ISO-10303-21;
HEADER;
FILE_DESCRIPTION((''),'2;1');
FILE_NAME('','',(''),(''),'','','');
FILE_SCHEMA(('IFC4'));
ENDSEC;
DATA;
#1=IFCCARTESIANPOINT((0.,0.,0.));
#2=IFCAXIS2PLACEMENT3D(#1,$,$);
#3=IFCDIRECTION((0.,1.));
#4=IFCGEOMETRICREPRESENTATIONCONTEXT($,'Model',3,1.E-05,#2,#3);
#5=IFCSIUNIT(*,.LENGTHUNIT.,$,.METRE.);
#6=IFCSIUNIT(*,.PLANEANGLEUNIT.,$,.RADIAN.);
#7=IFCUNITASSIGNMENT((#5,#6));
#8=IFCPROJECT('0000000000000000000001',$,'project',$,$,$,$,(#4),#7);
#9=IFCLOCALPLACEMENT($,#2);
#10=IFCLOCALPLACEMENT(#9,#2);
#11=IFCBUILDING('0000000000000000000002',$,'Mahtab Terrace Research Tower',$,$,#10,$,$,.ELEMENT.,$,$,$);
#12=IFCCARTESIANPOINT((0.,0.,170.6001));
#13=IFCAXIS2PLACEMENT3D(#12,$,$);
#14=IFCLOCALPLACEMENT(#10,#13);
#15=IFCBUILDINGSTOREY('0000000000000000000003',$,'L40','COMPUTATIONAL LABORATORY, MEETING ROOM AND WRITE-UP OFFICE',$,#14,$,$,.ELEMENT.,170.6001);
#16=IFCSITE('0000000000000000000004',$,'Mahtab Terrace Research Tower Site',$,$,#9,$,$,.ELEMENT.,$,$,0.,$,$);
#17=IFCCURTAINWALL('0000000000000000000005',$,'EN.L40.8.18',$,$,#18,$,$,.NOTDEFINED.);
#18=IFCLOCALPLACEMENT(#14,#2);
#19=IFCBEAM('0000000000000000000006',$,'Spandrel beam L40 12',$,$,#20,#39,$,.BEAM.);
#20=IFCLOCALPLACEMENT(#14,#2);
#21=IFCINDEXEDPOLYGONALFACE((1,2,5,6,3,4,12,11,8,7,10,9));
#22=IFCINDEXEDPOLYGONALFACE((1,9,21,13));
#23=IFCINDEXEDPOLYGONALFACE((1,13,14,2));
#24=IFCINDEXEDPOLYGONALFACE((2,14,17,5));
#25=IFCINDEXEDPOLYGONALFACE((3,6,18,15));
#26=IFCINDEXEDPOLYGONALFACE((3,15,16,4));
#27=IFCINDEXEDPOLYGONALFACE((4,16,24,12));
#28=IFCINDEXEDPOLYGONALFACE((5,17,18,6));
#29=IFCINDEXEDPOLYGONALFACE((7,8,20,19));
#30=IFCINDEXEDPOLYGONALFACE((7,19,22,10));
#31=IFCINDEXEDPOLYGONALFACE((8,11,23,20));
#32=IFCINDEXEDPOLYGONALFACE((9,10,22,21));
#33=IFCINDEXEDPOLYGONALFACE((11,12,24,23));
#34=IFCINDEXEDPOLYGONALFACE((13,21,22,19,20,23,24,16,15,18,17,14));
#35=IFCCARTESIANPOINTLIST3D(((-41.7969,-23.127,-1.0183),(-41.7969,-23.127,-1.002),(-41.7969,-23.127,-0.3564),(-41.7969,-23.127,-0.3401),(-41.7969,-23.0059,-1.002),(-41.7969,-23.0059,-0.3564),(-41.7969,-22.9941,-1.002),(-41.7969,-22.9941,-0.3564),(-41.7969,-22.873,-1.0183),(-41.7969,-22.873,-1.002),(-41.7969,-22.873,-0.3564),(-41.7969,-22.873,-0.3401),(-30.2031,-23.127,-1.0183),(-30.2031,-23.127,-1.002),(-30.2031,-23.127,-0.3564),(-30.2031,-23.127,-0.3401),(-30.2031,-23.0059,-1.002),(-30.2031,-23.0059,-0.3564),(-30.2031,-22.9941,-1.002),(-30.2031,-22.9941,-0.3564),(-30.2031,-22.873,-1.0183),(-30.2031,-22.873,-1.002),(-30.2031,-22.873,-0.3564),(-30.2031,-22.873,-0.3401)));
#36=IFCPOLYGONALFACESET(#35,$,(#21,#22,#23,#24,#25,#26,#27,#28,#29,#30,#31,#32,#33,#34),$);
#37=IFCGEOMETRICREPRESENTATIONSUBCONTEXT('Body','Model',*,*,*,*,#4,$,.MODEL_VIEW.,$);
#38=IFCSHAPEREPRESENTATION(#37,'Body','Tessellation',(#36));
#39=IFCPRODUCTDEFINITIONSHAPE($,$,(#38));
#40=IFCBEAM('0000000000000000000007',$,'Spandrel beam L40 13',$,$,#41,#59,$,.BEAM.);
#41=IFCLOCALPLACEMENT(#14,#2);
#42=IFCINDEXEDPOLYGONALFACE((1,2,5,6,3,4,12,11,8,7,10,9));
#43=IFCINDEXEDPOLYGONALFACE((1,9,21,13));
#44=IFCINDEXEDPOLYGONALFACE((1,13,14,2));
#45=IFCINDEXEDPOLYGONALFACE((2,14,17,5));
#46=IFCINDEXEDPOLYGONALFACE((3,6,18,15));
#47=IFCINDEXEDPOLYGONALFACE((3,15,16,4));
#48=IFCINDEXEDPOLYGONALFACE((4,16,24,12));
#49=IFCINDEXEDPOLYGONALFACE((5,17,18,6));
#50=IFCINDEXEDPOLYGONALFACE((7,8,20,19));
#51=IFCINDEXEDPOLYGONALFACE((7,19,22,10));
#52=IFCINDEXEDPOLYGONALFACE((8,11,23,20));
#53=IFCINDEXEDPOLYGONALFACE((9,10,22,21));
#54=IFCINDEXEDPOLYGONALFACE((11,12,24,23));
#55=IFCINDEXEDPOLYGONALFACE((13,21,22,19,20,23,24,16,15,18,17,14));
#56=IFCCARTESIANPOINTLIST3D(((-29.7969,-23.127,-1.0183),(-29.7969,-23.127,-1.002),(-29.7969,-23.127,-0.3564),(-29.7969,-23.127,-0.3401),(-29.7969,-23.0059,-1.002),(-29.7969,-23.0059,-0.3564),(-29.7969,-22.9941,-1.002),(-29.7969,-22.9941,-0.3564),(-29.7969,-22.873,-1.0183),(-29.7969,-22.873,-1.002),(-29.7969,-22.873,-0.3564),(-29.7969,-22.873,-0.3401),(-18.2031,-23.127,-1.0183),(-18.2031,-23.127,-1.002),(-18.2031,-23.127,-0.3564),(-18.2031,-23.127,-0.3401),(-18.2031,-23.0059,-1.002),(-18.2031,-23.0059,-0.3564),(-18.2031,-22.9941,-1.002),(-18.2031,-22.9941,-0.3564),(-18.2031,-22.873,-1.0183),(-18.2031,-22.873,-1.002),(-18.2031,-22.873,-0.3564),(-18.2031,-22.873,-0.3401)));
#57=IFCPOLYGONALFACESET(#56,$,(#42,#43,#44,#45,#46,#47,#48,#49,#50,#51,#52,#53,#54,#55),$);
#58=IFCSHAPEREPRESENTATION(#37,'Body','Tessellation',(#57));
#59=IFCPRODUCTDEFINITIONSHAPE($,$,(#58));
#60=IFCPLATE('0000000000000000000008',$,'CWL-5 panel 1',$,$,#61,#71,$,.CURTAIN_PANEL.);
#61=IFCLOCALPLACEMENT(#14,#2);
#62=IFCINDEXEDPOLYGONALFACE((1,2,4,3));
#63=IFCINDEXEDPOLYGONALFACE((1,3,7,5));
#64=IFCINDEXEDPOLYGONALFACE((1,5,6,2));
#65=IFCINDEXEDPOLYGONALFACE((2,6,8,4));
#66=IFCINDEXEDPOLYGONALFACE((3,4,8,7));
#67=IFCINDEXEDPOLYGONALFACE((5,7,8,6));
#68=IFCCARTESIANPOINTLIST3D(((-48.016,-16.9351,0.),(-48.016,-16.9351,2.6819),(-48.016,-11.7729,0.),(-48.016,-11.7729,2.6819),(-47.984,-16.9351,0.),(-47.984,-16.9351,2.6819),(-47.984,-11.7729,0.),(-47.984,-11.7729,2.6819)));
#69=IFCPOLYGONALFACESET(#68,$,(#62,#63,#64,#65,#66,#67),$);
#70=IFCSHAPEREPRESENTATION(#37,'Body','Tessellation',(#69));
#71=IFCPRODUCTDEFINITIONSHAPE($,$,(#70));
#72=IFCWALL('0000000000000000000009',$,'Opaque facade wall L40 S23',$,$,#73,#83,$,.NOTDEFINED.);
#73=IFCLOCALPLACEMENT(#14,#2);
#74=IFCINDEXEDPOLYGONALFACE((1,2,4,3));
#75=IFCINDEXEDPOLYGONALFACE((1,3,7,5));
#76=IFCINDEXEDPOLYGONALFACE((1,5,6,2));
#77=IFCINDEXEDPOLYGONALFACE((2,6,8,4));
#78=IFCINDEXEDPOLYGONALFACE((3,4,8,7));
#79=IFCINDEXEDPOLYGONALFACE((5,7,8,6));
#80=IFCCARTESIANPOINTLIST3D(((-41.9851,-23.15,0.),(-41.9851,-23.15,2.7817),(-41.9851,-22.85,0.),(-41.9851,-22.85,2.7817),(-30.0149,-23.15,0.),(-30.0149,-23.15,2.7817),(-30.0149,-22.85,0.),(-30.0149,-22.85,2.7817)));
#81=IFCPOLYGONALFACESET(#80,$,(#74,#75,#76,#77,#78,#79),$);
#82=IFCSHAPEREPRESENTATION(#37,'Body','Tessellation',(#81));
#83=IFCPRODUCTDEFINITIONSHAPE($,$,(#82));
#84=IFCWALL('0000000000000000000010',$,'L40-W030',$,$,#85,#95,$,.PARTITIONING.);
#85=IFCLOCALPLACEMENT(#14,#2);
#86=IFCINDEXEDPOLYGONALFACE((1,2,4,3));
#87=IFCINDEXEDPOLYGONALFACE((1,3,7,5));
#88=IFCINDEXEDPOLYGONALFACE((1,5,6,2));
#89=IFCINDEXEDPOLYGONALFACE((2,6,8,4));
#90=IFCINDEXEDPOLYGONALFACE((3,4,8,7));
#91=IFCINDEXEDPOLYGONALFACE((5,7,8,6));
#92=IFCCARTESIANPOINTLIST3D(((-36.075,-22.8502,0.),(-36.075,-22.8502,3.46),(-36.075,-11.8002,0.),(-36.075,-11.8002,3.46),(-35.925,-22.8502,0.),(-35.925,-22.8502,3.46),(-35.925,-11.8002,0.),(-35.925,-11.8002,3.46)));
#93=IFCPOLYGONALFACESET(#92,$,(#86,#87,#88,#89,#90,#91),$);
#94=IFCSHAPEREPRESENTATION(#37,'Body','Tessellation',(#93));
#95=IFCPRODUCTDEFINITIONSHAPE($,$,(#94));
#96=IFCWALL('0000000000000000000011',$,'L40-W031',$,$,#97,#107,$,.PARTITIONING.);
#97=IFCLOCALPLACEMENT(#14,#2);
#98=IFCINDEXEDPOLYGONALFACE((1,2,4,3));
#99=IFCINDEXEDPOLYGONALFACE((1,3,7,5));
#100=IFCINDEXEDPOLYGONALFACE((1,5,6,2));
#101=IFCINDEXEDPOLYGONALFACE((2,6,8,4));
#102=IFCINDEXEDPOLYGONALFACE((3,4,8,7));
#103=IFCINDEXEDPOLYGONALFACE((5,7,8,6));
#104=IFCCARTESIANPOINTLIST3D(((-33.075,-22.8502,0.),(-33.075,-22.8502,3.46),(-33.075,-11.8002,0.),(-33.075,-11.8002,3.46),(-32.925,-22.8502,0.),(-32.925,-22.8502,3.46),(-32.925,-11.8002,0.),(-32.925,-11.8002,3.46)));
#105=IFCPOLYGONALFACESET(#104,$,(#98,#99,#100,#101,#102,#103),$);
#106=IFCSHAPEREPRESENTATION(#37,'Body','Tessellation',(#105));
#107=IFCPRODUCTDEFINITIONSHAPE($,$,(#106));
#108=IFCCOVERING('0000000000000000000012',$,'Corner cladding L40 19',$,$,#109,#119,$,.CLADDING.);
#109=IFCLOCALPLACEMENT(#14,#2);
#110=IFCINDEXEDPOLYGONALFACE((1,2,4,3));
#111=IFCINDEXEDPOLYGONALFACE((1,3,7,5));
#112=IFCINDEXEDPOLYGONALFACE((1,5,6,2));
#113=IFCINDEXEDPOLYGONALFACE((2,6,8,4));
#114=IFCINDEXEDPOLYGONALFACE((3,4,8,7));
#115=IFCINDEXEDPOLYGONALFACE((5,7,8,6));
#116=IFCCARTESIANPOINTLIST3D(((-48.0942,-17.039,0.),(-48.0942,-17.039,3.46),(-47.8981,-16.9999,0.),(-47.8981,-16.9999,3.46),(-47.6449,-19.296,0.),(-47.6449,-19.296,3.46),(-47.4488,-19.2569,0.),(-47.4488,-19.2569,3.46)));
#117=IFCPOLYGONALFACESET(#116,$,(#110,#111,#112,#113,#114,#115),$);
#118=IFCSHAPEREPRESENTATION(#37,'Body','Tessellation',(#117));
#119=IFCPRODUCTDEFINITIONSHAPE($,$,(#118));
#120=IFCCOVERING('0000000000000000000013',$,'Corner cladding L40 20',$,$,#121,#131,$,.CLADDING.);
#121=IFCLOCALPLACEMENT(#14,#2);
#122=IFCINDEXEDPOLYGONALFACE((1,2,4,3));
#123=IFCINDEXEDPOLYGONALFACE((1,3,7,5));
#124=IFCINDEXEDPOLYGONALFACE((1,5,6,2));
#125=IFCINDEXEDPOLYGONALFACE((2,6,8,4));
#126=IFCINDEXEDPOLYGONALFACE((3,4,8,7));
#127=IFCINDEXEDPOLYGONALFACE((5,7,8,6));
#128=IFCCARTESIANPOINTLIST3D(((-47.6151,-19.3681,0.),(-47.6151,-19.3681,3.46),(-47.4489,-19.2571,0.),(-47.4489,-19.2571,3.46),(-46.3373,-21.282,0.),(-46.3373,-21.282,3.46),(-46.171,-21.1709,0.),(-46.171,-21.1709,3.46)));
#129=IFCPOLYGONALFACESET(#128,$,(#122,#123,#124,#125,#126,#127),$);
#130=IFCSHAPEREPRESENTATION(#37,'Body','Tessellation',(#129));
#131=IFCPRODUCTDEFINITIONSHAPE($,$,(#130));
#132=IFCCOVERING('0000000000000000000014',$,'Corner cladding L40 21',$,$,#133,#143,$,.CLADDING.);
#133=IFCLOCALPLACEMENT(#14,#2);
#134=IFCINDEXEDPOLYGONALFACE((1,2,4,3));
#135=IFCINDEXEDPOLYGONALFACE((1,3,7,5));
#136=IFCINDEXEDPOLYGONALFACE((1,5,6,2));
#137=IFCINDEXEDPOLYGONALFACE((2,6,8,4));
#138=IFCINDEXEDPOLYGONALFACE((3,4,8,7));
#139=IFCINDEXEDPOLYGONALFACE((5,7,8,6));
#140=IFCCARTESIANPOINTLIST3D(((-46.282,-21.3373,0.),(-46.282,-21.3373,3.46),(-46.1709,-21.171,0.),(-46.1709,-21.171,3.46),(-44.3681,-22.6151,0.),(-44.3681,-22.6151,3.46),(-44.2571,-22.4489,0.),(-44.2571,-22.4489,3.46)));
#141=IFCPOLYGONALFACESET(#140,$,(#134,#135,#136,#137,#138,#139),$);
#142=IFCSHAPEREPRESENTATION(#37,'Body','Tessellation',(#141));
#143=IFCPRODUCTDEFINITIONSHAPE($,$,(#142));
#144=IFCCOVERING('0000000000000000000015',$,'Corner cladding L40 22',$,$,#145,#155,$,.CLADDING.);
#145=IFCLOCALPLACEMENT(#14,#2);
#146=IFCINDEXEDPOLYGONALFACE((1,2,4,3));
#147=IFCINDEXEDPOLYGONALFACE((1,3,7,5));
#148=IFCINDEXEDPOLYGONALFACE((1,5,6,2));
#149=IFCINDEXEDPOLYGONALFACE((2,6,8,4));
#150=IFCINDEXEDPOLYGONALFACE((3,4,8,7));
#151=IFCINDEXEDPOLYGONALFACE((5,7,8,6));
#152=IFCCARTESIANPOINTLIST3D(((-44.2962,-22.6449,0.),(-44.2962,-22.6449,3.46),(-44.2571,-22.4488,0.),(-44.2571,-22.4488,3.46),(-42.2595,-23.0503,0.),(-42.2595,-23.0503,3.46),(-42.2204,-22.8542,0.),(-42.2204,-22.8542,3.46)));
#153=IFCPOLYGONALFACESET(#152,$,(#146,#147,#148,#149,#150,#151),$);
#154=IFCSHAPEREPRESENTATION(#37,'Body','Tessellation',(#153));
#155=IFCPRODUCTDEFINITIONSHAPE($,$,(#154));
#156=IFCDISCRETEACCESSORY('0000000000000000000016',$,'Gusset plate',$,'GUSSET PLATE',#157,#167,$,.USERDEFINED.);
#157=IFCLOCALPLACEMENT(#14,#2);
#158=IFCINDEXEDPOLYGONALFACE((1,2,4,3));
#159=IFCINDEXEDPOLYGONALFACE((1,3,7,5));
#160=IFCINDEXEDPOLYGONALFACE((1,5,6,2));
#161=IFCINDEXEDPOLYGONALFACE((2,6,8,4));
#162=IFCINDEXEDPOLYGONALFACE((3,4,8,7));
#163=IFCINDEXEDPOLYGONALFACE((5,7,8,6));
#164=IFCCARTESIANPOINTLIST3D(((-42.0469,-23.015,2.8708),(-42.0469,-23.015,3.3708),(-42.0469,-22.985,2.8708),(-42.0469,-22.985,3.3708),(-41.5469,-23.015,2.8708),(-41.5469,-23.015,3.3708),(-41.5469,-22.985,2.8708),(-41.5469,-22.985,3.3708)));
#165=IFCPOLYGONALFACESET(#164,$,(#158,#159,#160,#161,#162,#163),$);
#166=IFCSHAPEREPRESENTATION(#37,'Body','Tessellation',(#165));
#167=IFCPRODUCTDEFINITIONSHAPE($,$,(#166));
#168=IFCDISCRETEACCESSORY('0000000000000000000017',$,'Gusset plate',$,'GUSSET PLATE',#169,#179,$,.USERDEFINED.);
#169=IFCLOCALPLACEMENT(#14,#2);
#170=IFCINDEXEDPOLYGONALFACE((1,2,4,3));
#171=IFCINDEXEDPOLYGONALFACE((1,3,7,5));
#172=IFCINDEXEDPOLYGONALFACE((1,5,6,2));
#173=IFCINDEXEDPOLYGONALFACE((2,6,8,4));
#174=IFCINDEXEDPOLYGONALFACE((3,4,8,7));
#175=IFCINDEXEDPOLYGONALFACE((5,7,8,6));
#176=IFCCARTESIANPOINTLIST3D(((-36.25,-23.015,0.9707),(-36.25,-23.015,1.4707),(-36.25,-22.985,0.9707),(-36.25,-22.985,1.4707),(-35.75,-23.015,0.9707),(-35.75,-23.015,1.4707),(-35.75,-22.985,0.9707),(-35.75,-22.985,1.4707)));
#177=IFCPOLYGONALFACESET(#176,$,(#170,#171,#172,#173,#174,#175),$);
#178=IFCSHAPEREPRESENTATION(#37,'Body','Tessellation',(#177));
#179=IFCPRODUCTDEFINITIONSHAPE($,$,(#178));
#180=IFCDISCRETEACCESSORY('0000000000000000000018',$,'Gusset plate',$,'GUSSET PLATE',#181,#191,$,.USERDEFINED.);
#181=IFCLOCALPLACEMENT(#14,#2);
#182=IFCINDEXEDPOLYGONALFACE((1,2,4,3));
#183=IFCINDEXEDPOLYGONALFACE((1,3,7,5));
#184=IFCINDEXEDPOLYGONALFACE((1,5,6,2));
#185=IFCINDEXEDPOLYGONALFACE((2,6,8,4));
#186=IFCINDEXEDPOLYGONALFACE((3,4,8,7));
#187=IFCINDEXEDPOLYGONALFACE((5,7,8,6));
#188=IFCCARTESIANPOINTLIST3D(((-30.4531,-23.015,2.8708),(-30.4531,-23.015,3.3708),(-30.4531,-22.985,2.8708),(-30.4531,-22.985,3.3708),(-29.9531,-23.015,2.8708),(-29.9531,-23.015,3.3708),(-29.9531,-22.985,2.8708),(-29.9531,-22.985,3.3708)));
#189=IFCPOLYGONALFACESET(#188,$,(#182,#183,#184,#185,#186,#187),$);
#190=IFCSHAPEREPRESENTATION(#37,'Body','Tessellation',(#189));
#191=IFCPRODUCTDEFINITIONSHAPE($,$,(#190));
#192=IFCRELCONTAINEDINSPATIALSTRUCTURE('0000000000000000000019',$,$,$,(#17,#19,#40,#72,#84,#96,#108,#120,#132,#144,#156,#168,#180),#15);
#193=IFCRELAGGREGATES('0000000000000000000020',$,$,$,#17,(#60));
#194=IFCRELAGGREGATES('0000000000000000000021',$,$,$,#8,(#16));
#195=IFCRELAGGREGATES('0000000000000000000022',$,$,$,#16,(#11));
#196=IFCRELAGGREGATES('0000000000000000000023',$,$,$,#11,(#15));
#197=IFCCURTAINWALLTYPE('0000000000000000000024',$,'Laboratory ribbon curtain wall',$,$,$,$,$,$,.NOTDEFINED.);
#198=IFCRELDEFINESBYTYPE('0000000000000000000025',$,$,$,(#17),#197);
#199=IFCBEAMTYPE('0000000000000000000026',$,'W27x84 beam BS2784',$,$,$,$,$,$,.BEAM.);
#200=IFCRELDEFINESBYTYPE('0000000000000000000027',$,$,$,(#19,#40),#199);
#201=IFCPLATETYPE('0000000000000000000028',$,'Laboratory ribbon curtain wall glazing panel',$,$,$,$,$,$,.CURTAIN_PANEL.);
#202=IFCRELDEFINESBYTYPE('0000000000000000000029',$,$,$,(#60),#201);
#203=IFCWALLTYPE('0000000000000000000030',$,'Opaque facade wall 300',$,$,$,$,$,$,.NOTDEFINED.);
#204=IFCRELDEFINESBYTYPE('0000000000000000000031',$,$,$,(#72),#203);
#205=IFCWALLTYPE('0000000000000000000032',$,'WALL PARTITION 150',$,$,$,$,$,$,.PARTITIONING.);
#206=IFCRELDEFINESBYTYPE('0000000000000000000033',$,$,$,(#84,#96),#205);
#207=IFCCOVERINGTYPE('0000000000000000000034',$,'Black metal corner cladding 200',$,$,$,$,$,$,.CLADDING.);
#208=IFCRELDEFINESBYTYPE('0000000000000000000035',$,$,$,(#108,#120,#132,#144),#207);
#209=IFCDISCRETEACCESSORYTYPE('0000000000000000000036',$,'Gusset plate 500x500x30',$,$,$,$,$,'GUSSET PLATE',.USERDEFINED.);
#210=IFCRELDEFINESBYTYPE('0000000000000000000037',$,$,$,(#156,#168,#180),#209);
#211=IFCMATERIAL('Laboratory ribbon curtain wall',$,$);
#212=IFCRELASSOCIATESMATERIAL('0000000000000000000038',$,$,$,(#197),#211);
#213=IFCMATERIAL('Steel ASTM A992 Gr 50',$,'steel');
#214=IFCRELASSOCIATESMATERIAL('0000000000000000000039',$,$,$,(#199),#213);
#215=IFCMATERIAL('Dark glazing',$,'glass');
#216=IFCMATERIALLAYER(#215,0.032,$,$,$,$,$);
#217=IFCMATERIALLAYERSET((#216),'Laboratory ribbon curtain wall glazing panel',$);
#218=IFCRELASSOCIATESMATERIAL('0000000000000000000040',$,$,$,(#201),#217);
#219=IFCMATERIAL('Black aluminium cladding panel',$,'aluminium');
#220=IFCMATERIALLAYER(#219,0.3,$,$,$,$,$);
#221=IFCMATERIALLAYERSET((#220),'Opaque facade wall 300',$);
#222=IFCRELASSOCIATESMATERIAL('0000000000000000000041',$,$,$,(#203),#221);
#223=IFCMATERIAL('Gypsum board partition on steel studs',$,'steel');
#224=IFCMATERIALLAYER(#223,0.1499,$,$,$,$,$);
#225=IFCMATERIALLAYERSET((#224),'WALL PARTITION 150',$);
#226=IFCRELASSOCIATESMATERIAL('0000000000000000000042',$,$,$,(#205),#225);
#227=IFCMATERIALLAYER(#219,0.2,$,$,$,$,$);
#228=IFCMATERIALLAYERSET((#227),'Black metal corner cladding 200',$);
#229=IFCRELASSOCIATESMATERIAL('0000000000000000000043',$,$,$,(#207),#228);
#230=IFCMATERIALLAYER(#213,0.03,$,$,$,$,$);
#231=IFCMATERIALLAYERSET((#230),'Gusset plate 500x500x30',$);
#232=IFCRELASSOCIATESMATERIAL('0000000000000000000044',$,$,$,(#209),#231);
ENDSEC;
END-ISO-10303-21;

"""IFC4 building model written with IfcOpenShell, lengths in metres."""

from ifc_helpers import new_model, si_unit, direction, frame, frame_2d, origin, origin_2d, place, context, subcontext, project, spatial, rectangle, i_section, extrude, material, layer, layer_set, material_profile, profile_set, type_object, element, aggregate, save


model = new_model("IFC4")

# Units and contexts
model_context = context("Model", 3, precision=1e-05, world=origin(), true_north=direction((0.0, 1.0)))
body_context = subcontext(model_context, "Body", "Model", "MODEL_VIEW")
ifc_project = project(units=[si_unit("LENGTHUNIT", "METRE"), si_unit("PLANEANGLEUNIT", "RADIAN")], contexts=[model_context])

# Site, building, storey
site_placement = place(None, origin())
site = spatial("IfcSite", under=ifc_project, at=site_placement, Name="Mahtab Terrace Research Tower Site", CompositionType="ELEMENT", RefElevation=0.0)
building_placement = place(site_placement, origin())
building = spatial("IfcBuilding", under=site, at=building_placement, Name="Mahtab Terrace Research Tower", CompositionType="ELEMENT")
storey_placement = place(building_placement, frame((0.0, 0.0, 170.6001)))
storey = spatial("IfcBuildingStorey", under=building, at=storey_placement, Name="L40", Description="COMPUTATIONAL LABORATORY, MEETING ROOM AND WRITE-UP OFFICE", CompositionType="ELEMENT", Elevation=170.6001)

# Shared definitions
ifc_material_1 = material(Name="Steel ASTM A992 Gr 50", Category="steel")

# Curtain wall
ifc_material_2 = material(Name="Laboratory ribbon curtain wall")
curtain_wall_type = type_object("IfcCurtainWallType", Name="Laboratory ribbon curtain wall", PredefinedType="NOTDEFINED", material=ifc_material_2)
curtain_wall_1_placement = place(storey_placement, origin())
curtain_wall_1 = element("IfcCurtainWall", 1, at=curtain_wall_1_placement, inside=storey, type_object=curtain_wall_type, Name="EN.L40.8.18", PredefinedType="NOTDEFINED")

# Beams
ifc_material_profile_1 = material_profile(ifc_material_1, i_section(OverallWidth=0.2539, OverallDepth=0.6782, WebThickness=0.0117, FlangeThickness=0.0164, at=origin_2d()), Name="W27X84")
ifc_profile_set_1 = profile_set([ifc_material_profile_1], Name="Steel ASTM A992 Gr 50")
beam_type = type_object("IfcBeamType", Name="W27x84 beam BS2784", PredefinedType="BEAM", material=ifc_profile_set_1)
for number, where, z_axis, x_axis, name in (
    (2, (-41.7969, -23.0, -0.6792), (1.0, 0.0, 0.0), (0.0, 1.0, 0.0), "Spandrel beam L40 12"),
    (3, (-29.7969, -23.0, -0.6792), (1.0, 0.0, 0.0), (0.0, 1.0, 0.0), "Spandrel beam L40 13"),
):
    element("IfcBeam", number, at=place(storey_placement, frame(where, z_axis=z_axis, x_axis=x_axis)), inside=storey, type_object=beam_type, Name=name, PredefinedType="BEAM", context=body_context, shape_type="SweptSolid", body=[
        extrude(i_section(OverallWidth=0.2539, OverallDepth=0.6782, WebThickness=0.0117, FlangeThickness=0.0164, at=origin_2d()), origin(), (0.0, 0.0, 1.0), 11.5938),
    ])

# Plate
ifc_material_3 = material(Name="Dark glazing", Category="glass")
ifc_layer_1 = layer(ifc_material_3, 0.032)
ifc_layer_set_1 = layer_set([ifc_layer_1], Name="Laboratory ribbon curtain wall glazing panel")
plate_type = type_object("IfcPlateType", Name="Laboratory ribbon curtain wall glazing panel", PredefinedType="CURTAIN_PANEL", material=ifc_layer_set_1)
plate_placement = place(storey_placement, frame((-48.0, -14.354, 0.0), z_axis=(0.0, 0.0, 1.0), x_axis=(0.0, -1.0, 0.0)))
plate = element("IfcPlate", 4, at=plate_placement, type_object=plate_type, Name="CWL-5 panel 1", PredefinedType="CURTAIN_PANEL", context=body_context, shape_type="SweptSolid", body=[
    extrude(rectangle(XDim=5.1621, YDim=0.032, at=origin_2d()), origin(), (0.0, 0.0, 1.0), 2.6819),
])
aggregate(curtain_wall_1, [plate])

# Walls
ifc_material_4 = material(Name="Black aluminium cladding panel", Category="aluminium")
ifc_layer_2 = layer(ifc_material_4, 0.3)
ifc_layer_set_2 = layer_set([ifc_layer_2], Name="Opaque facade wall 300")
wall_type_1 = type_object("IfcWallType", Name="Opaque facade wall 300", PredefinedType="NOTDEFINED", material=ifc_layer_set_2)
wall_placement = place(storey_placement, frame((-41.9851, -23.0, 0.0), z_axis=(0.0, 0.0, 1.0), x_axis=(1.0, 0.0, 0.0)))
element("IfcWall", 5, at=wall_placement, inside=storey, type_object=wall_type_1, Name="Opaque facade wall L40 S23", PredefinedType="NOTDEFINED", context=body_context, shape_type="SweptSolid", body=[
    extrude(rectangle(XDim=11.9702, YDim=0.3, at=frame_2d((5.9851, 0.0))), origin(), (0.0, 0.0, 1.0), 2.7817),
])
ifc_material_5 = material(Name="Gypsum board partition on steel studs", Category="steel")
ifc_layer_3 = layer(ifc_material_5, 0.1499)
ifc_layer_set_3 = layer_set([ifc_layer_3], Name="WALL PARTITION 150")
wall_type_2 = type_object("IfcWallType", Name="WALL PARTITION 150", PredefinedType="PARTITIONING", material=ifc_layer_set_3)
for number, where, z_axis, x_axis, name in (
    (6, (-36.0, -22.8501, 0.0), (0.0, 0.0, 1.0), (0.0, 1.0, 0.0), "L40-W030"),
    (7, (-33.0, -22.8501, 0.0), (0.0, 0.0, 1.0), (0.0, 1.0, 0.0), "L40-W031"),
):
    element("IfcWall", number, at=place(storey_placement, frame(where, z_axis=z_axis, x_axis=x_axis)), inside=storey, type_object=wall_type_2, Name=name, PredefinedType="PARTITIONING", context=body_context, shape_type="SweptSolid", body=[
        extrude(rectangle(XDim=11.05, YDim=0.1499, at=frame_2d((5.5249, 0.0))), origin(), (0.0, 0.0, 1.0), 3.46),
    ])

# Coverings
ifc_layer_4 = layer(ifc_material_4, 0.2)
ifc_layer_set_4 = layer_set([ifc_layer_4], Name="Black metal corner cladding 200")
covering_type = type_object("IfcCoveringType", Name="Black metal corner cladding 200", PredefinedType="CLADDING", material=ifc_layer_set_4)
for number, where, z_axis, x_axis, name in (
    (8, (-47.7715, -18.1479, 0.0), (0.0, 0.0, 1.0), (0.195212, -0.980761, 0.0), "Corner cladding L40 19"),
    (9, (-46.8931, -20.2695, 0.0), (0.0, 0.0, 1.0), (0.555291, -0.831656, 0.0), "Corner cladding L40 20"),
    (10, (-45.2695, -21.8931, 0.0), (0.0, 0.0, 1.0), (0.831656, -0.555291, 0.0), "Corner cladding L40 21"),
):
    element("IfcCovering", number, at=place(storey_placement, frame(where, z_axis=z_axis, x_axis=x_axis)), inside=storey, type_object=covering_type, Name=name, PredefinedType="CLADDING", context=body_context, shape_type="SweptSolid", body=[
        extrude(rectangle(XDim=2.3013, YDim=0.2, at=origin_2d()), origin(), (0.0, 0.0, 1.0), 3.46),
    ])
covering_placement = place(storey_placement, frame((-43.2583, -22.7495, 0.0), z_axis=(0.0, 0.0, 1.0), x_axis=(0.980761, -0.195212, 0.0)))
element("IfcCovering", 11, at=covering_placement, inside=storey, type_object=covering_type, Name="Corner cladding L40 22", PredefinedType="CLADDING", context=body_context, shape_type="SweptSolid", body=[
    extrude(rectangle(XDim=2.0767, YDim=0.2, at=origin_2d()), origin(), (0.0, 0.0, 1.0), 3.46),
])

# Discrete accessories
ifc_layer_5 = layer(ifc_material_1, 0.03)
ifc_layer_set_5 = layer_set([ifc_layer_5], Name="Gusset plate 500x500x30")
discrete_accessory_type = type_object("IfcDiscreteAccessoryType", Name="Gusset plate 500x500x30", ElementType="GUSSET PLATE", PredefinedType="USERDEFINED", material=ifc_layer_set_5)
for number, where, z_axis, x_axis, name in (
    (12, (-41.7969, -23.0, 2.8708), (0.0, 0.0, 1.0), (1.0, 0.0, 0.0), "Gusset plate"),
    (13, (-36.0, -23.0, 0.9707), (0.0, 0.0, 1.0), (1.0, 0.0, 0.0), "Gusset plate"),
    (14, (-30.2031, -23.0, 2.8708), (0.0, 0.0, 1.0), (1.0, 0.0, 0.0), "Gusset plate"),
):
    element("IfcDiscreteAccessory", number, at=place(storey_placement, frame(where, z_axis=z_axis, x_axis=x_axis)), inside=storey, type_object=discrete_accessory_type, Name=name, ObjectType="GUSSET PLATE", PredefinedType="USERDEFINED", context=body_context, shape_type="SweptSolid", body=[
        extrude(rectangle(XDim=0.5, YDim=0.03, at=origin_2d()), origin(), (0.0, 0.0, 1.0), 0.5),
    ])

save(model, "model.ifc")
